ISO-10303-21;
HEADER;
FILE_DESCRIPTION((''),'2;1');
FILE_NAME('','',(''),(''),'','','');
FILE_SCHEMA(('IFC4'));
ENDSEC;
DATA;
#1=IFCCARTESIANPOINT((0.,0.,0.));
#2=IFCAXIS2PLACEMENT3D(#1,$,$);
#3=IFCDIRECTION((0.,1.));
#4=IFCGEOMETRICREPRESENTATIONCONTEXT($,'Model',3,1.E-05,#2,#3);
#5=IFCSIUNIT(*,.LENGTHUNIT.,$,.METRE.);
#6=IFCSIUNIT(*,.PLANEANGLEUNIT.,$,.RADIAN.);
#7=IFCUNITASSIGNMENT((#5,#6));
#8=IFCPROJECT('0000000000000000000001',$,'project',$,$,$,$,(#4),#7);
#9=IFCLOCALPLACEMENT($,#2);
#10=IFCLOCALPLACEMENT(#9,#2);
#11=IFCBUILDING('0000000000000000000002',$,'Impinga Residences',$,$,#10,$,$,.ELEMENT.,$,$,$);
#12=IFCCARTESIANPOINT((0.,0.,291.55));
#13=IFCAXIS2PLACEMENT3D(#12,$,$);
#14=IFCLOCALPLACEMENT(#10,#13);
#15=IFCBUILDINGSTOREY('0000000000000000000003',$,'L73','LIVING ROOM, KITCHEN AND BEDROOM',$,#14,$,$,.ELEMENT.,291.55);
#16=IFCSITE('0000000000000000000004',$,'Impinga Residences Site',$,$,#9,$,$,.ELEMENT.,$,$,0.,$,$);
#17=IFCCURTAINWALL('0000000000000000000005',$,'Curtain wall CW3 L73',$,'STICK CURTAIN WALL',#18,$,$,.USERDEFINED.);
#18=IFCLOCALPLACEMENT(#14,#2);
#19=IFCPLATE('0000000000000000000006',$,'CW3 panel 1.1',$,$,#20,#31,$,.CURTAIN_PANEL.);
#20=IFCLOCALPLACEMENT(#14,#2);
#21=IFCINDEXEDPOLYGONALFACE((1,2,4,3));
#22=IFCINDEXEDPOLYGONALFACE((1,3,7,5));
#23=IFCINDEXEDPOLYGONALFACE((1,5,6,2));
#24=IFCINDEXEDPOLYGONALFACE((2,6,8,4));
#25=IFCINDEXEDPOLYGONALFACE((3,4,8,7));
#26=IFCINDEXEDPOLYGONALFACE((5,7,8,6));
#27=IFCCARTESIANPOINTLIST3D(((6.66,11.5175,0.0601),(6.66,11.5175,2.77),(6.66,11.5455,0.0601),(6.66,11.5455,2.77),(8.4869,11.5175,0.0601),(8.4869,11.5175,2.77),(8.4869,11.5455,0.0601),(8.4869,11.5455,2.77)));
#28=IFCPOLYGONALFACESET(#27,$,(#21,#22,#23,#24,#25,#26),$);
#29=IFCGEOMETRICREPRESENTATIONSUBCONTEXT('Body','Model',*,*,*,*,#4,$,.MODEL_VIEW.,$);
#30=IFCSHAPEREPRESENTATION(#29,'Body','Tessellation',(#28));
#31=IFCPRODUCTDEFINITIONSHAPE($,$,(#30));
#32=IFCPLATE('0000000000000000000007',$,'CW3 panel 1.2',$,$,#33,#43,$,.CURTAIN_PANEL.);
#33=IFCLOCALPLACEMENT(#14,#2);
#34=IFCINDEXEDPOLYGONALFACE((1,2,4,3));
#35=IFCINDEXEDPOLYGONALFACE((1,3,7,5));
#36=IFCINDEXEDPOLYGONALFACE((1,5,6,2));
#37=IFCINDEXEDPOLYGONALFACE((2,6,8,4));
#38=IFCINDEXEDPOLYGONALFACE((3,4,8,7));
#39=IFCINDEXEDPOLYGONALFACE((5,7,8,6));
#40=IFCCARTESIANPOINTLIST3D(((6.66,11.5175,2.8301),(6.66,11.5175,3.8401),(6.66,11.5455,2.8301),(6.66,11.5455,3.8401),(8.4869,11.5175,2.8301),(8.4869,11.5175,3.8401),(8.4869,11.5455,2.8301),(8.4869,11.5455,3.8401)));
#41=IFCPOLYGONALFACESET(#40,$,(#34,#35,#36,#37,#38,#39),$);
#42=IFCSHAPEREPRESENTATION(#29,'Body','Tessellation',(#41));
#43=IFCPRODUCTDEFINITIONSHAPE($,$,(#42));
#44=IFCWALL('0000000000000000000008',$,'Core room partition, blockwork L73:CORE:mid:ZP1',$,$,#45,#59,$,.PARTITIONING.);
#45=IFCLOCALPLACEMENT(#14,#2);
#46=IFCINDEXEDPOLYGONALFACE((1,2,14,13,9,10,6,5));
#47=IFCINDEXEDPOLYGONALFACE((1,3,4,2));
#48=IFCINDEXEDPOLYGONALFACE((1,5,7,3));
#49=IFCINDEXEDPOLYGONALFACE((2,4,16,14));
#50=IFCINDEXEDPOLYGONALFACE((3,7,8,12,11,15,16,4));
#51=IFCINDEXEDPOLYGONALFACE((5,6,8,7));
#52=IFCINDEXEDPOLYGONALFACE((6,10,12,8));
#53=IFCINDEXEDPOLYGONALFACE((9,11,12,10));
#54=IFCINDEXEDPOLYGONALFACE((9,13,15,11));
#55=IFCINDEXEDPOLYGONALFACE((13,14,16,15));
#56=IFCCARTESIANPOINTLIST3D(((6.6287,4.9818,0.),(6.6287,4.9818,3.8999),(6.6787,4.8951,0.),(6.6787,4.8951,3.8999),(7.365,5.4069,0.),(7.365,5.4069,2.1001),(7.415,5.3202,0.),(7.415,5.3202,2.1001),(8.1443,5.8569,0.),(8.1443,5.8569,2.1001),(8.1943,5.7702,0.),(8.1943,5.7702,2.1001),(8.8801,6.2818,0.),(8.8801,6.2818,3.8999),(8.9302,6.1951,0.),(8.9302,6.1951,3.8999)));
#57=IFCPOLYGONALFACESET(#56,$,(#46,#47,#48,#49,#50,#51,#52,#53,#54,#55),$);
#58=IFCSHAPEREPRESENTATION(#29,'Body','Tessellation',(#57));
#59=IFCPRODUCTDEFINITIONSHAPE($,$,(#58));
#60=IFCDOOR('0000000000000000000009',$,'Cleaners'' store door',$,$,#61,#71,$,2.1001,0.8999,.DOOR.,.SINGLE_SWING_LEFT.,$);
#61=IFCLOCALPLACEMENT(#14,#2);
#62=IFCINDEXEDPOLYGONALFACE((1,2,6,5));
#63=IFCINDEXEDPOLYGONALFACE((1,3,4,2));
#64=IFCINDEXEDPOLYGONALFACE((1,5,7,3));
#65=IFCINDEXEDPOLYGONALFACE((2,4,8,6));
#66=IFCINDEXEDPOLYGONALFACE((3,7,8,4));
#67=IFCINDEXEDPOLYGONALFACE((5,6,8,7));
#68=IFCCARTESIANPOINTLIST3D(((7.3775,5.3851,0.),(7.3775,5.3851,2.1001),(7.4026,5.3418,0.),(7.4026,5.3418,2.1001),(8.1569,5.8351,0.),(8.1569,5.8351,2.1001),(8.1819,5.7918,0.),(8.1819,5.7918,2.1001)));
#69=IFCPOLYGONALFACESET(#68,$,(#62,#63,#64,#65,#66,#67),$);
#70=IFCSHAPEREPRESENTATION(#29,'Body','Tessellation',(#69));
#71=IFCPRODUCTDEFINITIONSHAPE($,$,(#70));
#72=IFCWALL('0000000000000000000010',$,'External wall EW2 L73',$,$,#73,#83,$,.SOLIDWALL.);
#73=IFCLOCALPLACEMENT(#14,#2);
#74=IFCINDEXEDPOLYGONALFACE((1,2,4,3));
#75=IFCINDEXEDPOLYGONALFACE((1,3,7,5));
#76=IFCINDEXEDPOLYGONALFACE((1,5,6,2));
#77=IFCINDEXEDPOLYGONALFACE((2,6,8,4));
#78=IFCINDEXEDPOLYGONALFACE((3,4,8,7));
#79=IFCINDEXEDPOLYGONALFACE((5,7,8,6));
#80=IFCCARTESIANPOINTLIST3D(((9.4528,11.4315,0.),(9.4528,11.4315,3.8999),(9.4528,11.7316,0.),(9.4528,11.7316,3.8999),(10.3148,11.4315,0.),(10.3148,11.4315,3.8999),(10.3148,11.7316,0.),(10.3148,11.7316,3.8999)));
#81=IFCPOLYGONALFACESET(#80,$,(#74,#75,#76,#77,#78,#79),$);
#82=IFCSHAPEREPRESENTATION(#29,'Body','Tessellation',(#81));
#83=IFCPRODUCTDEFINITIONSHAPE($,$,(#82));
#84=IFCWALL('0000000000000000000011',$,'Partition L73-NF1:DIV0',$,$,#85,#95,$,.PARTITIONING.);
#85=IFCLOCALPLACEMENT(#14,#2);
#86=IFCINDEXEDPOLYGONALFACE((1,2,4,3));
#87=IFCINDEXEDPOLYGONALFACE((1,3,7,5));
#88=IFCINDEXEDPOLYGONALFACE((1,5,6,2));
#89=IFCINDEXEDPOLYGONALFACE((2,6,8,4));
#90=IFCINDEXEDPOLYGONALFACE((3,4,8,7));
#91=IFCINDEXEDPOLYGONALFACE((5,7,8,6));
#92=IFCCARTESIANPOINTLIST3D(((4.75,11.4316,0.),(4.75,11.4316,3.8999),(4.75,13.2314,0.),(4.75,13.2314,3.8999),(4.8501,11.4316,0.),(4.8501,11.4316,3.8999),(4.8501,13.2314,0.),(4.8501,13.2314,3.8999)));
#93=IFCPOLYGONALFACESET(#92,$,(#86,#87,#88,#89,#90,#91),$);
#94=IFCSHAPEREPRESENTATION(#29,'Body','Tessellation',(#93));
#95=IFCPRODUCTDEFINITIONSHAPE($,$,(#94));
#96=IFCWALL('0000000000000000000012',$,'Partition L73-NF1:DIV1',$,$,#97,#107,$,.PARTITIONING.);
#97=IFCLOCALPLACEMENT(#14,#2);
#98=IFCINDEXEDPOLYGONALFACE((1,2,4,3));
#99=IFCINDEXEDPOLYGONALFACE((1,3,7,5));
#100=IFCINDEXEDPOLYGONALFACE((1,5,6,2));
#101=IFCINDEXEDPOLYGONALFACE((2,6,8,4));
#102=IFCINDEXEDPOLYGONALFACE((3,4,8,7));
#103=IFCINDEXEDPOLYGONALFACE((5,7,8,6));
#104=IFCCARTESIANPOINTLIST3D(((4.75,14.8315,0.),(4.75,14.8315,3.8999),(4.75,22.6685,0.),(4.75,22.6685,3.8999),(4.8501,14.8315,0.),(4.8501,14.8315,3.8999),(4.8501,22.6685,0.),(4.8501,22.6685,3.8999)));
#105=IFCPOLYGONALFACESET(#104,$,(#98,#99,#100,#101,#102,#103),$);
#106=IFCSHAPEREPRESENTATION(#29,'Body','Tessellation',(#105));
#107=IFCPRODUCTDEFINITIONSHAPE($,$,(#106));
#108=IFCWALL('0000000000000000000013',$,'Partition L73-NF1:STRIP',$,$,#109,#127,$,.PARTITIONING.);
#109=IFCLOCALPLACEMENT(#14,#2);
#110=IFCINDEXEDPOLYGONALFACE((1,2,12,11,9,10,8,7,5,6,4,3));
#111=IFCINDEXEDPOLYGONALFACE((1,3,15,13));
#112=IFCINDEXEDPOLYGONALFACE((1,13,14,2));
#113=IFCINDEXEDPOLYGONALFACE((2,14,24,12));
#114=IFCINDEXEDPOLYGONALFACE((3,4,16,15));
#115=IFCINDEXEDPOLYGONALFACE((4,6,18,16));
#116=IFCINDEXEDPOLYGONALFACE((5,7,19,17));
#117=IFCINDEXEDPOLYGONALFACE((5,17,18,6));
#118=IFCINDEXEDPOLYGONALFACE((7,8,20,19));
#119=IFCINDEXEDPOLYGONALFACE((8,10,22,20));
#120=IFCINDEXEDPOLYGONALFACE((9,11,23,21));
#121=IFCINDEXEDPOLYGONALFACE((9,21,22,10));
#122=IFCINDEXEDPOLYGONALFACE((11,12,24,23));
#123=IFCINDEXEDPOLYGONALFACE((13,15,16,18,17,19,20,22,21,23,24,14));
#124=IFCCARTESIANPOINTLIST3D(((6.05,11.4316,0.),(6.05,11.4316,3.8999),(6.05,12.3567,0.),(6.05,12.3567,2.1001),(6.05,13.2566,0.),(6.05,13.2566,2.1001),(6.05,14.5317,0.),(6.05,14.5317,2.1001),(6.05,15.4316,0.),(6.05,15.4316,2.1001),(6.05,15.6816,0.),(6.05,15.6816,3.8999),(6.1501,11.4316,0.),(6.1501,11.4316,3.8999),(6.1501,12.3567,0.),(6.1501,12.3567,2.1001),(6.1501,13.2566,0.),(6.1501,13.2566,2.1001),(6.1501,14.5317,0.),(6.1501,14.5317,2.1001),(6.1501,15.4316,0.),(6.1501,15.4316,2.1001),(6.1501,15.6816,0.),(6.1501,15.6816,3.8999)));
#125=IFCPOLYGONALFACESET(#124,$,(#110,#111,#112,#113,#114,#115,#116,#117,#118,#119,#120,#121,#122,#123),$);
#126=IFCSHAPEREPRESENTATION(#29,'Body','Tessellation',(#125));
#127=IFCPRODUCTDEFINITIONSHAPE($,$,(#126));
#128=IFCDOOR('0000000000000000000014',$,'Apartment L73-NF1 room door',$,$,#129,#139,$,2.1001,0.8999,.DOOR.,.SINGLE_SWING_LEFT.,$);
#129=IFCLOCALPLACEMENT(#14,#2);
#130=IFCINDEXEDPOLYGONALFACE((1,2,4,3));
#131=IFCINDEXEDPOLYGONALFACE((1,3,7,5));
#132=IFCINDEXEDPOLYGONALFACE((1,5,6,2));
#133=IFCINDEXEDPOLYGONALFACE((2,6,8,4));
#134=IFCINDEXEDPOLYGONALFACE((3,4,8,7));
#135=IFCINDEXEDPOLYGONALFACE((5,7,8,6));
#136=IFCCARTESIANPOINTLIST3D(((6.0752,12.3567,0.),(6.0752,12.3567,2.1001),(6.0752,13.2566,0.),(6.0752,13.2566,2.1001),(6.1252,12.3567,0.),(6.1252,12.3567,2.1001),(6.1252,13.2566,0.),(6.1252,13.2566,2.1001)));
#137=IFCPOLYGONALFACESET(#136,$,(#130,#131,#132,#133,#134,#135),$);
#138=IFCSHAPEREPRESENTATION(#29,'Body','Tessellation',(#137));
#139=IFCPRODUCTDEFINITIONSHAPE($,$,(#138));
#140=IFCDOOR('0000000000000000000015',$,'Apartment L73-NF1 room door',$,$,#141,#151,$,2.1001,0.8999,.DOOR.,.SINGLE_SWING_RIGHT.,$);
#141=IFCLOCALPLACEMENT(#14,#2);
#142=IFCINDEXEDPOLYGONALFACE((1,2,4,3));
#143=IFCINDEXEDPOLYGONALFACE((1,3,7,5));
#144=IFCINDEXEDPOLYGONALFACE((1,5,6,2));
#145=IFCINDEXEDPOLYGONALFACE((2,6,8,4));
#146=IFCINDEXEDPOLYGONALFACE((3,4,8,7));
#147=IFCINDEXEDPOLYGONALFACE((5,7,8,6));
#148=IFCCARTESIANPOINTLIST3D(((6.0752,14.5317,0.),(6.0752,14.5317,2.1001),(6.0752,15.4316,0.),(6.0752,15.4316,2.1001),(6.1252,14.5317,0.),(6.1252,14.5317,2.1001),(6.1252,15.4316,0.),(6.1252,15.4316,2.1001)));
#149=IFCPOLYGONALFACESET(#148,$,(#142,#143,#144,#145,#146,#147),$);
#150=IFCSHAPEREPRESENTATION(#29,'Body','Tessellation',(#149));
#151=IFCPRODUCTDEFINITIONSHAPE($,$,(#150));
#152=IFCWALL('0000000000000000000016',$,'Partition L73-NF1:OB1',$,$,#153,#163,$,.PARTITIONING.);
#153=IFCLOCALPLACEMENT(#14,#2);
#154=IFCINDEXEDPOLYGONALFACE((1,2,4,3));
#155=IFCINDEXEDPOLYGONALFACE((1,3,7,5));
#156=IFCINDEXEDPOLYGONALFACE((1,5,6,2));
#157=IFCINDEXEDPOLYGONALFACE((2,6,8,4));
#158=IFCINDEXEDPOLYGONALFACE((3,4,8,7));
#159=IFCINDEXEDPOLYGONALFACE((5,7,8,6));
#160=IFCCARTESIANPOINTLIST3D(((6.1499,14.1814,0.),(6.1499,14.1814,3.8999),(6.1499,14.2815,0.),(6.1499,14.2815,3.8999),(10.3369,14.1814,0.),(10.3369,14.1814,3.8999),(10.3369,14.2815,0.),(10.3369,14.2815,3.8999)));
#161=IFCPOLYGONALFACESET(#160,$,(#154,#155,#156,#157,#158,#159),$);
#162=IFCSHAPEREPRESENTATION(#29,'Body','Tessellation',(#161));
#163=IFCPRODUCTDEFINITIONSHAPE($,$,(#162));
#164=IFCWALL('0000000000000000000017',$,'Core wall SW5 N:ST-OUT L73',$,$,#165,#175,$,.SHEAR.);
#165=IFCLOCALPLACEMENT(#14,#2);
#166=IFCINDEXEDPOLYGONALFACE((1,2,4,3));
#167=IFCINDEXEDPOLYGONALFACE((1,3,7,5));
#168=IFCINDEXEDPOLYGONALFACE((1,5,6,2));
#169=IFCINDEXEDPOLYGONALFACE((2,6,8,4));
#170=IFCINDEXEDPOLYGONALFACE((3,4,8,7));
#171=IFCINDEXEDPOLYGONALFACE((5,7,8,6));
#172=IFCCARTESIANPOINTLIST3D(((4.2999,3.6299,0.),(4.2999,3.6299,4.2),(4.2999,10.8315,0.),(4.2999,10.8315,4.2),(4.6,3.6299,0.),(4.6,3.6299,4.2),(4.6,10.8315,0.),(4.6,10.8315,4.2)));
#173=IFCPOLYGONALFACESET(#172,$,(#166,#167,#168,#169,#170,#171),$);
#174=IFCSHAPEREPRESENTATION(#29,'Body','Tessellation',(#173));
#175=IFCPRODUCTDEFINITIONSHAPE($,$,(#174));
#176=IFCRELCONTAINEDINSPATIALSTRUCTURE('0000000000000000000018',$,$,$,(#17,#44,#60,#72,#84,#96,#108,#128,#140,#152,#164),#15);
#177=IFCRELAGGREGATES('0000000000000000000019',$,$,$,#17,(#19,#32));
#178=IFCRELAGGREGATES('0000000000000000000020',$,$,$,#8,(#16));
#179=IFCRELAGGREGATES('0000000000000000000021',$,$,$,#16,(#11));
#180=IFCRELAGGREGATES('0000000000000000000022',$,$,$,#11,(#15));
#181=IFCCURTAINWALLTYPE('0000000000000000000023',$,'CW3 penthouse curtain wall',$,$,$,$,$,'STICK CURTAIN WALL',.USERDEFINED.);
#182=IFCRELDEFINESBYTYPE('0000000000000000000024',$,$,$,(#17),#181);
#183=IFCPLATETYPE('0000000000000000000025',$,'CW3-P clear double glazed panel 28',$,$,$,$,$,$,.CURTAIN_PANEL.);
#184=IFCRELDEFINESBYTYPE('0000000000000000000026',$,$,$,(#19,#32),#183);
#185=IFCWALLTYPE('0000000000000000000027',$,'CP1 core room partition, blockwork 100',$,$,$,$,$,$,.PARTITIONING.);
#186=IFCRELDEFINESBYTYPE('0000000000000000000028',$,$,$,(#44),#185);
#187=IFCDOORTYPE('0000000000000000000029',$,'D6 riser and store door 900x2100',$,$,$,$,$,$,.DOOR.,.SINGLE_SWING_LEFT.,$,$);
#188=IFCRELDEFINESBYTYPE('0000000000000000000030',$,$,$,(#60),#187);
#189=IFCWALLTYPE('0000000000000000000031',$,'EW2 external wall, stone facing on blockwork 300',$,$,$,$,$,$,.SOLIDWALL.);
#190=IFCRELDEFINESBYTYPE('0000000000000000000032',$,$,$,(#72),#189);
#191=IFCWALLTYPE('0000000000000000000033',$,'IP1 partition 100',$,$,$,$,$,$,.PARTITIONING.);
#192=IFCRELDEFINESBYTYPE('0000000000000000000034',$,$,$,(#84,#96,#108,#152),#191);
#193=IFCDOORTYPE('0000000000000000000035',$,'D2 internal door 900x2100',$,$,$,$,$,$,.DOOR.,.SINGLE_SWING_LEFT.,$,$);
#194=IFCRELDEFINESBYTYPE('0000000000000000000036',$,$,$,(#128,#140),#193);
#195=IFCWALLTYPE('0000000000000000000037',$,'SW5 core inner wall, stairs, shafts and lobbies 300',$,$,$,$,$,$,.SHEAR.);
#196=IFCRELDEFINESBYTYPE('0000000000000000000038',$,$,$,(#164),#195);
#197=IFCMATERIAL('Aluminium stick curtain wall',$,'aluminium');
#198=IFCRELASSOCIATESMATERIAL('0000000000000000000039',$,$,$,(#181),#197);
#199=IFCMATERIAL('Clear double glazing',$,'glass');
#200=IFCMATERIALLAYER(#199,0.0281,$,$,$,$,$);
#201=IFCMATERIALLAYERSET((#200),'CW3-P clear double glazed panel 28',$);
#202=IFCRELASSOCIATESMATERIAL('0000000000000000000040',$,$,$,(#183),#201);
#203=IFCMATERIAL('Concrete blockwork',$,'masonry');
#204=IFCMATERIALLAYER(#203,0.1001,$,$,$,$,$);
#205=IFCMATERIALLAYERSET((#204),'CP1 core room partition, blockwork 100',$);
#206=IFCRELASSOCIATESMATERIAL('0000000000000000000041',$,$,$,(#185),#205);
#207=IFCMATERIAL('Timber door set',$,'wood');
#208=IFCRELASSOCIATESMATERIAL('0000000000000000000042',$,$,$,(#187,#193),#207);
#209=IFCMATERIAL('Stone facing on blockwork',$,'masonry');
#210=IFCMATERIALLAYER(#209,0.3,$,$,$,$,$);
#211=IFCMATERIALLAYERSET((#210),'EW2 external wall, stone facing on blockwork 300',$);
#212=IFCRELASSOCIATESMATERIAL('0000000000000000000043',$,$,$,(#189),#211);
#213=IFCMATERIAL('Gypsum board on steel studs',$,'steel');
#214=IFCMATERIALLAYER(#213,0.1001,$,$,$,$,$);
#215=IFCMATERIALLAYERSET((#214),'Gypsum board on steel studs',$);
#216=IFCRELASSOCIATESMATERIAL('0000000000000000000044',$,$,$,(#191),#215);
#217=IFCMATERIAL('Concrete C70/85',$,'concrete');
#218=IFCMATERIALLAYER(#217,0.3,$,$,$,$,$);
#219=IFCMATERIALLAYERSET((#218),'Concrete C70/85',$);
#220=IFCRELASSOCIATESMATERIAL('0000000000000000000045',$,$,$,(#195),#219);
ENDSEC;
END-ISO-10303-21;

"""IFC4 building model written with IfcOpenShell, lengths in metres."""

from ifc_helpers import new_model, si_unit, direction, frame, frame_2d, origin, origin_2d, place, context, subcontext, project, spatial, rectangle, extrude, material, layer, layer_set, type_object, element, fill, aggregate, save


model = new_model("IFC4")

# Units and contexts
model_context = context("Model", 3, precision=1e-05, world=origin(), true_north=direction((0.0, 1.0)))
body_context = subcontext(model_context, "Body", "Model", "MODEL_VIEW")
ifc_project = project(units=[si_unit("LENGTHUNIT", "METRE"), si_unit("PLANEANGLEUNIT", "RADIAN")], contexts=[model_context])

# Site, building, storey
site_placement = place(None, origin())
site = spatial("IfcSite", under=ifc_project, at=site_placement, Name="Impinga Residences Site", CompositionType="ELEMENT", RefElevation=0.0)
building_placement = place(site_placement, origin())
building = spatial("IfcBuilding", under=site, at=building_placement, Name="Impinga Residences", CompositionType="ELEMENT")
storey_placement = place(building_placement, frame((0.0, 0.0, 291.55)))
storey = spatial("IfcBuildingStorey", under=building, at=storey_placement, Name="L73", Description="LIVING ROOM, KITCHEN AND BEDROOM", CompositionType="ELEMENT", Elevation=291.55)

# Shared definitions
ifc_material_1 = material(Name="Aluminium stick curtain wall", Category="aluminium")
curtain_wall_type = type_object("IfcCurtainWallType", Name="CW3 penthouse curtain wall", ElementType="STICK CURTAIN WALL", PredefinedType="USERDEFINED", material=ifc_material_1)

# Curtain wall
curtain_wall_1_placement = place(storey_placement, origin())
curtain_wall_1 = element("IfcCurtainWall", 1, at=curtain_wall_1_placement, inside=storey, type_object=curtain_wall_type, Name="Curtain wall CW3 L73", ObjectType="STICK CURTAIN WALL", PredefinedType="USERDEFINED")

# Plates
ifc_material_2 = material(Name="Clear double glazing", Category="glass")
ifc_layer_1 = layer(ifc_material_2, 0.0281)
ifc_layer_set_1 = layer_set([ifc_layer_1], Name="CW3-P clear double glazed panel 28")
plate_type = type_object("IfcPlateType", Name="CW3-P clear double glazed panel 28", PredefinedType="CURTAIN_PANEL", material=ifc_layer_set_1)
plate_1_placement = place(storey_placement, frame((7.5735, 11.5315, 0.0601), z_axis=(0.0, 0.0, 1.0), x_axis=(-1.0, 0.0, 0.0)))
plate_1 = element("IfcPlate", 2, at=plate_1_placement, type_object=plate_type, Name="CW3 panel 1.1", PredefinedType="CURTAIN_PANEL", context=body_context, shape_type="SweptSolid", body=[
    extrude(rectangle(XDim=1.8269, YDim=0.0281, at=origin_2d()), origin(), (0.0, 0.0, 1.0), 2.71),
])
plate_2_placement = place(storey_placement, frame((7.5735, 11.5315, 2.8301), z_axis=(0.0, 0.0, 1.0), x_axis=(-1.0, 0.0, 0.0)))
plate_2 = element("IfcPlate", 3, at=plate_2_placement, type_object=plate_type, Name="CW3 panel 1.2", PredefinedType="CURTAIN_PANEL", context=body_context, shape_type="SweptSolid", body=[
    extrude(rectangle(XDim=1.8269, YDim=0.0281, at=origin_2d()), origin(), (0.0, 0.0, 1.0), 1.01),
])
aggregate(curtain_wall_1, [plate_1, plate_2])

# Wall, opening, door
ifc_material_3 = material(Name="Concrete blockwork", Category="masonry")
ifc_layer_2 = layer(ifc_material_3, 0.1001)
ifc_layer_set_2 = layer_set([ifc_layer_2], Name="CP1 core room partition, blockwork 100")
wall_type_1 = type_object("IfcWallType", Name="CP1 core room partition, blockwork 100", PredefinedType="PARTITIONING", material=ifc_layer_set_2)
wall_1_placement = place(storey_placement, frame((6.6538, 4.9385, 0.0), z_axis=(0.0, 0.0, 1.0), x_axis=(0.865998, 0.500048, 0.0)))
wall_1 = element("IfcWall", 4, at=wall_1_placement, inside=storey, type_object=wall_type_1, Name="Core room partition, blockwork L73:CORE:mid:ZP1", PredefinedType="PARTITIONING", context=body_context, shape_type="SweptSolid", body=[
    extrude(rectangle(XDim=2.5999, YDim=0.1001, at=frame_2d((1.2998, 0.0))), origin(), (0.0, 0.0, 1.0), 3.8999),
])
opening_1_placement = place(wall_1_placement, frame((0.8501, 0.0, 0.0)))
opening_1 = element("IfcOpeningElement", 5, at=opening_1_placement, cuts=wall_1, PredefinedType="OPENING", context=body_context, shape_type="SweptSolid", body=[
    extrude(rectangle(XDim=0.8999, YDim=2.1001, at=frame_2d((0.45, 1.05))), frame((0.0, 0.0601, 0.0), z_axis=(0.0, -1.0, 0.0), x_axis=(1.0, 0.0, 0.0)), (0.0, 0.0, 1.0), 0.1201),
])
ifc_material_4 = material(Name="Timber door set", Category="wood")
door_type_1 = type_object("IfcDoorType", Name="D6 riser and store door 900x2100", OperationType="SINGLE_SWING_LEFT", PredefinedType="DOOR", material=ifc_material_4)
door_1_placement = place(opening_1_placement, origin())
door_1 = element("IfcDoor", 6, at=door_1_placement, inside=storey, type_object=door_type_1, Name="Cleaners' store door", OperationType="SINGLE_SWING_LEFT", OverallHeight=2.1001, OverallWidth=0.8999, PredefinedType="DOOR", context=body_context, shape_type="SweptSolid", body=[
    extrude(rectangle(XDim=0.8999, YDim=2.1001, at=frame_2d((0.45, 1.05))), frame((0.0, 0.0249, 0.0), z_axis=(0.0, -1.0, 0.0), x_axis=(1.0, 0.0, 0.0)), (0.0, 0.0, 1.0), 0.05),
])
fill(opening_1, door_1)

# Walls
ifc_material_5 = material(Name="Stone facing on blockwork", Category="masonry")
ifc_layer_3 = layer(ifc_material_5, 0.3)
ifc_layer_set_3 = layer_set([ifc_layer_3], Name="EW2 external wall, stone facing on blockwork 300")
wall_type_2 = type_object("IfcWallType", Name="EW2 external wall, stone facing on blockwork 300", PredefinedType="SOLIDWALL", material=ifc_layer_set_3)
wall_2_placement = place(storey_placement, frame((10.3149, 11.5815, 0.0), z_axis=(0.0, 0.0, 1.0), x_axis=(-1.0, 0.0, 0.0)))
element("IfcWall", 7, at=wall_2_placement, inside=storey, type_object=wall_type_2, Name="External wall EW2 L73", PredefinedType="SOLIDWALL", context=body_context, shape_type="SweptSolid", body=[
    extrude(rectangle(XDim=0.8621, YDim=0.3, at=frame_2d((0.4312, 0.0))), origin(), (0.0, 0.0, 1.0), 3.8999),
])
ifc_material_6 = material(Name="Gypsum board on steel studs", Category="steel")
ifc_layer_4 = layer(ifc_material_6, 0.1001)
ifc_layer_set_4 = layer_set([ifc_layer_4], Name="Gypsum board on steel studs")
wall_type_3 = type_object("IfcWallType", Name="IP1 partition 100", PredefinedType="PARTITIONING", material=ifc_layer_set_4)
wall_3_placement = place(storey_placement, frame((4.8, 11.4316, 0.0), z_axis=(0.0, 0.0, 1.0), x_axis=(0.0, 1.0, 0.0)))
element("IfcWall", 8, at=wall_3_placement, inside=storey, type_object=wall_type_3, Name="Partition L73-NF1:DIV0", PredefinedType="PARTITIONING", context=body_context, shape_type="SweptSolid", body=[
    extrude(rectangle(XDim=1.7998, YDim=0.1001, at=frame_2d((0.8999, 0.0))), origin(), (0.0, 0.0, 1.0), 3.8999),
])
wall_4_placement = place(storey_placement, frame((4.8, 14.8315, 0.0), z_axis=(0.0, 0.0, 1.0), x_axis=(0.0, 1.0, 0.0)))
element("IfcWall", 9, at=wall_4_placement, inside=storey, type_object=wall_type_3, Name="Partition L73-NF1:DIV1", PredefinedType="PARTITIONING", context=body_context, shape_type="SweptSolid", body=[
    extrude(rectangle(XDim=7.8369, YDim=0.1001, at=frame_2d((3.9185, 0.0))), origin(), (0.0, 0.0, 1.0), 3.8999),
])

# Wall, openings, doors
wall_5_placement = place(storey_placement, frame((6.1001, 11.4316, 0.0), z_axis=(0.0, 0.0, 1.0), x_axis=(0.0, 1.0, 0.0)))
wall_5 = element("IfcWall", 10, at=wall_5_placement, inside=storey, type_object=wall_type_3, Name="Partition L73-NF1:STRIP", PredefinedType="PARTITIONING", context=body_context, shape_type="SweptSolid", body=[
    extrude(rectangle(XDim=4.25, YDim=0.1001, at=frame_2d((2.125, 0.0))), origin(), (0.0, 0.0, 1.0), 3.8999),
])
opening_2_placement = place(wall_5_placement, frame((0.925, 0.0, 0.0)))
opening_2 = element("IfcOpeningElement", 11, at=opening_2_placement, cuts=wall_5, PredefinedType="OPENING", context=body_context, shape_type="SweptSolid", body=[
    extrude(rectangle(XDim=0.8999, YDim=2.1001, at=frame_2d((0.45, 1.05))), frame((0.0, 0.0601, 0.0), z_axis=(0.0, -1.0, 0.0), x_axis=(1.0, 0.0, 0.0)), (0.0, 0.0, 1.0), 0.1201),
])
opening_3_placement = place(wall_5_placement, frame((3.1001, 0.0, 0.0)))
opening_3 = element("IfcOpeningElement", 12, at=opening_3_placement, cuts=wall_5, PredefinedType="OPENING", context=body_context, shape_type="SweptSolid", body=[
    extrude(rectangle(XDim=0.8999, YDim=2.1001, at=frame_2d((0.45, 1.05))), frame((0.0, 0.0601, 0.0), z_axis=(0.0, -1.0, 0.0), x_axis=(1.0, 0.0, 0.0)), (0.0, 0.0, 1.0), 0.1201),
])
door_type_2 = type_object("IfcDoorType", Name="D2 internal door 900x2100", OperationType="SINGLE_SWING_LEFT", PredefinedType="DOOR", material=ifc_material_4)
door_2_placement = place(opening_2_placement, origin())
door_2 = element("IfcDoor", 13, at=door_2_placement, inside=storey, type_object=door_type_2, Name="Apartment L73-NF1 room door", OperationType="SINGLE_SWING_LEFT", OverallHeight=2.1001, OverallWidth=0.8999, PredefinedType="DOOR", context=body_context, shape_type="SweptSolid", body=[
    extrude(rectangle(XDim=0.8999, YDim=2.1001, at=frame_2d((0.45, 1.05))), frame((0.0, 0.0249, 0.0), z_axis=(0.0, -1.0, 0.0), x_axis=(1.0, 0.0, 0.0)), (0.0, 0.0, 1.0), 0.05),
])
fill(opening_2, door_2)
door_3_placement = place(opening_3_placement, origin())
door_3 = element("IfcDoor", 14, at=door_3_placement, inside=storey, type_object=door_type_2, Name="Apartment L73-NF1 room door", OperationType="SINGLE_SWING_RIGHT", OverallHeight=2.1001, OverallWidth=0.8999, PredefinedType="DOOR", context=body_context, shape_type="SweptSolid", body=[
    extrude(rectangle(XDim=0.8999, YDim=2.1001, at=frame_2d((0.45, 1.05))), frame((0.0, 0.0249, 0.0), z_axis=(0.0, -1.0, 0.0), x_axis=(1.0, 0.0, 0.0)), (0.0, 0.0, 1.0), 0.05),
])
fill(opening_3, door_3)

# Walls
wall_6_placement = place(storey_placement, frame((6.1499, 14.2314, 0.0), z_axis=(0.0, 0.0, 1.0), x_axis=(1.0, 0.0, 0.0)))
element("IfcWall", 15, at=wall_6_placement, inside=storey, type_object=wall_type_3, Name="Partition L73-NF1:OB1", PredefinedType="PARTITIONING", context=body_context, shape_type="SweptSolid", body=[
    extrude(rectangle(XDim=4.187, YDim=0.1001, at=frame_2d((2.0935, 0.0))), origin(), (0.0, 0.0, 1.0), 3.8999),
])
ifc_material_7 = material(Name="Concrete C70/85", Category="concrete")
ifc_layer_5 = layer(ifc_material_7, 0.3)
ifc_layer_set_5 = layer_set([ifc_layer_5], Name="Concrete C70/85")
wall_type_4 = type_object("IfcWallType", Name="SW5 core inner wall, stairs, shafts and lobbies 300", PredefinedType="SHEAR", material=ifc_layer_set_5)
wall_7_placement = place(storey_placement, frame((4.45, 3.6299, 0.0), z_axis=(0.0, 0.0, 1.0), x_axis=(0.0, 1.0, 0.0)))
element("IfcWall", 16, at=wall_7_placement, inside=storey, type_object=wall_type_4, Name="Core wall SW5 N:ST-OUT L73", PredefinedType="SHEAR", context=body_context, shape_type="SweptSolid", body=[
    extrude(rectangle(XDim=7.2017, YDim=0.3, at=frame_2d((3.6008, 0.0))), origin(), (0.0, 0.0, 1.0), 4.2),
])

save(model, "model.ifc")
